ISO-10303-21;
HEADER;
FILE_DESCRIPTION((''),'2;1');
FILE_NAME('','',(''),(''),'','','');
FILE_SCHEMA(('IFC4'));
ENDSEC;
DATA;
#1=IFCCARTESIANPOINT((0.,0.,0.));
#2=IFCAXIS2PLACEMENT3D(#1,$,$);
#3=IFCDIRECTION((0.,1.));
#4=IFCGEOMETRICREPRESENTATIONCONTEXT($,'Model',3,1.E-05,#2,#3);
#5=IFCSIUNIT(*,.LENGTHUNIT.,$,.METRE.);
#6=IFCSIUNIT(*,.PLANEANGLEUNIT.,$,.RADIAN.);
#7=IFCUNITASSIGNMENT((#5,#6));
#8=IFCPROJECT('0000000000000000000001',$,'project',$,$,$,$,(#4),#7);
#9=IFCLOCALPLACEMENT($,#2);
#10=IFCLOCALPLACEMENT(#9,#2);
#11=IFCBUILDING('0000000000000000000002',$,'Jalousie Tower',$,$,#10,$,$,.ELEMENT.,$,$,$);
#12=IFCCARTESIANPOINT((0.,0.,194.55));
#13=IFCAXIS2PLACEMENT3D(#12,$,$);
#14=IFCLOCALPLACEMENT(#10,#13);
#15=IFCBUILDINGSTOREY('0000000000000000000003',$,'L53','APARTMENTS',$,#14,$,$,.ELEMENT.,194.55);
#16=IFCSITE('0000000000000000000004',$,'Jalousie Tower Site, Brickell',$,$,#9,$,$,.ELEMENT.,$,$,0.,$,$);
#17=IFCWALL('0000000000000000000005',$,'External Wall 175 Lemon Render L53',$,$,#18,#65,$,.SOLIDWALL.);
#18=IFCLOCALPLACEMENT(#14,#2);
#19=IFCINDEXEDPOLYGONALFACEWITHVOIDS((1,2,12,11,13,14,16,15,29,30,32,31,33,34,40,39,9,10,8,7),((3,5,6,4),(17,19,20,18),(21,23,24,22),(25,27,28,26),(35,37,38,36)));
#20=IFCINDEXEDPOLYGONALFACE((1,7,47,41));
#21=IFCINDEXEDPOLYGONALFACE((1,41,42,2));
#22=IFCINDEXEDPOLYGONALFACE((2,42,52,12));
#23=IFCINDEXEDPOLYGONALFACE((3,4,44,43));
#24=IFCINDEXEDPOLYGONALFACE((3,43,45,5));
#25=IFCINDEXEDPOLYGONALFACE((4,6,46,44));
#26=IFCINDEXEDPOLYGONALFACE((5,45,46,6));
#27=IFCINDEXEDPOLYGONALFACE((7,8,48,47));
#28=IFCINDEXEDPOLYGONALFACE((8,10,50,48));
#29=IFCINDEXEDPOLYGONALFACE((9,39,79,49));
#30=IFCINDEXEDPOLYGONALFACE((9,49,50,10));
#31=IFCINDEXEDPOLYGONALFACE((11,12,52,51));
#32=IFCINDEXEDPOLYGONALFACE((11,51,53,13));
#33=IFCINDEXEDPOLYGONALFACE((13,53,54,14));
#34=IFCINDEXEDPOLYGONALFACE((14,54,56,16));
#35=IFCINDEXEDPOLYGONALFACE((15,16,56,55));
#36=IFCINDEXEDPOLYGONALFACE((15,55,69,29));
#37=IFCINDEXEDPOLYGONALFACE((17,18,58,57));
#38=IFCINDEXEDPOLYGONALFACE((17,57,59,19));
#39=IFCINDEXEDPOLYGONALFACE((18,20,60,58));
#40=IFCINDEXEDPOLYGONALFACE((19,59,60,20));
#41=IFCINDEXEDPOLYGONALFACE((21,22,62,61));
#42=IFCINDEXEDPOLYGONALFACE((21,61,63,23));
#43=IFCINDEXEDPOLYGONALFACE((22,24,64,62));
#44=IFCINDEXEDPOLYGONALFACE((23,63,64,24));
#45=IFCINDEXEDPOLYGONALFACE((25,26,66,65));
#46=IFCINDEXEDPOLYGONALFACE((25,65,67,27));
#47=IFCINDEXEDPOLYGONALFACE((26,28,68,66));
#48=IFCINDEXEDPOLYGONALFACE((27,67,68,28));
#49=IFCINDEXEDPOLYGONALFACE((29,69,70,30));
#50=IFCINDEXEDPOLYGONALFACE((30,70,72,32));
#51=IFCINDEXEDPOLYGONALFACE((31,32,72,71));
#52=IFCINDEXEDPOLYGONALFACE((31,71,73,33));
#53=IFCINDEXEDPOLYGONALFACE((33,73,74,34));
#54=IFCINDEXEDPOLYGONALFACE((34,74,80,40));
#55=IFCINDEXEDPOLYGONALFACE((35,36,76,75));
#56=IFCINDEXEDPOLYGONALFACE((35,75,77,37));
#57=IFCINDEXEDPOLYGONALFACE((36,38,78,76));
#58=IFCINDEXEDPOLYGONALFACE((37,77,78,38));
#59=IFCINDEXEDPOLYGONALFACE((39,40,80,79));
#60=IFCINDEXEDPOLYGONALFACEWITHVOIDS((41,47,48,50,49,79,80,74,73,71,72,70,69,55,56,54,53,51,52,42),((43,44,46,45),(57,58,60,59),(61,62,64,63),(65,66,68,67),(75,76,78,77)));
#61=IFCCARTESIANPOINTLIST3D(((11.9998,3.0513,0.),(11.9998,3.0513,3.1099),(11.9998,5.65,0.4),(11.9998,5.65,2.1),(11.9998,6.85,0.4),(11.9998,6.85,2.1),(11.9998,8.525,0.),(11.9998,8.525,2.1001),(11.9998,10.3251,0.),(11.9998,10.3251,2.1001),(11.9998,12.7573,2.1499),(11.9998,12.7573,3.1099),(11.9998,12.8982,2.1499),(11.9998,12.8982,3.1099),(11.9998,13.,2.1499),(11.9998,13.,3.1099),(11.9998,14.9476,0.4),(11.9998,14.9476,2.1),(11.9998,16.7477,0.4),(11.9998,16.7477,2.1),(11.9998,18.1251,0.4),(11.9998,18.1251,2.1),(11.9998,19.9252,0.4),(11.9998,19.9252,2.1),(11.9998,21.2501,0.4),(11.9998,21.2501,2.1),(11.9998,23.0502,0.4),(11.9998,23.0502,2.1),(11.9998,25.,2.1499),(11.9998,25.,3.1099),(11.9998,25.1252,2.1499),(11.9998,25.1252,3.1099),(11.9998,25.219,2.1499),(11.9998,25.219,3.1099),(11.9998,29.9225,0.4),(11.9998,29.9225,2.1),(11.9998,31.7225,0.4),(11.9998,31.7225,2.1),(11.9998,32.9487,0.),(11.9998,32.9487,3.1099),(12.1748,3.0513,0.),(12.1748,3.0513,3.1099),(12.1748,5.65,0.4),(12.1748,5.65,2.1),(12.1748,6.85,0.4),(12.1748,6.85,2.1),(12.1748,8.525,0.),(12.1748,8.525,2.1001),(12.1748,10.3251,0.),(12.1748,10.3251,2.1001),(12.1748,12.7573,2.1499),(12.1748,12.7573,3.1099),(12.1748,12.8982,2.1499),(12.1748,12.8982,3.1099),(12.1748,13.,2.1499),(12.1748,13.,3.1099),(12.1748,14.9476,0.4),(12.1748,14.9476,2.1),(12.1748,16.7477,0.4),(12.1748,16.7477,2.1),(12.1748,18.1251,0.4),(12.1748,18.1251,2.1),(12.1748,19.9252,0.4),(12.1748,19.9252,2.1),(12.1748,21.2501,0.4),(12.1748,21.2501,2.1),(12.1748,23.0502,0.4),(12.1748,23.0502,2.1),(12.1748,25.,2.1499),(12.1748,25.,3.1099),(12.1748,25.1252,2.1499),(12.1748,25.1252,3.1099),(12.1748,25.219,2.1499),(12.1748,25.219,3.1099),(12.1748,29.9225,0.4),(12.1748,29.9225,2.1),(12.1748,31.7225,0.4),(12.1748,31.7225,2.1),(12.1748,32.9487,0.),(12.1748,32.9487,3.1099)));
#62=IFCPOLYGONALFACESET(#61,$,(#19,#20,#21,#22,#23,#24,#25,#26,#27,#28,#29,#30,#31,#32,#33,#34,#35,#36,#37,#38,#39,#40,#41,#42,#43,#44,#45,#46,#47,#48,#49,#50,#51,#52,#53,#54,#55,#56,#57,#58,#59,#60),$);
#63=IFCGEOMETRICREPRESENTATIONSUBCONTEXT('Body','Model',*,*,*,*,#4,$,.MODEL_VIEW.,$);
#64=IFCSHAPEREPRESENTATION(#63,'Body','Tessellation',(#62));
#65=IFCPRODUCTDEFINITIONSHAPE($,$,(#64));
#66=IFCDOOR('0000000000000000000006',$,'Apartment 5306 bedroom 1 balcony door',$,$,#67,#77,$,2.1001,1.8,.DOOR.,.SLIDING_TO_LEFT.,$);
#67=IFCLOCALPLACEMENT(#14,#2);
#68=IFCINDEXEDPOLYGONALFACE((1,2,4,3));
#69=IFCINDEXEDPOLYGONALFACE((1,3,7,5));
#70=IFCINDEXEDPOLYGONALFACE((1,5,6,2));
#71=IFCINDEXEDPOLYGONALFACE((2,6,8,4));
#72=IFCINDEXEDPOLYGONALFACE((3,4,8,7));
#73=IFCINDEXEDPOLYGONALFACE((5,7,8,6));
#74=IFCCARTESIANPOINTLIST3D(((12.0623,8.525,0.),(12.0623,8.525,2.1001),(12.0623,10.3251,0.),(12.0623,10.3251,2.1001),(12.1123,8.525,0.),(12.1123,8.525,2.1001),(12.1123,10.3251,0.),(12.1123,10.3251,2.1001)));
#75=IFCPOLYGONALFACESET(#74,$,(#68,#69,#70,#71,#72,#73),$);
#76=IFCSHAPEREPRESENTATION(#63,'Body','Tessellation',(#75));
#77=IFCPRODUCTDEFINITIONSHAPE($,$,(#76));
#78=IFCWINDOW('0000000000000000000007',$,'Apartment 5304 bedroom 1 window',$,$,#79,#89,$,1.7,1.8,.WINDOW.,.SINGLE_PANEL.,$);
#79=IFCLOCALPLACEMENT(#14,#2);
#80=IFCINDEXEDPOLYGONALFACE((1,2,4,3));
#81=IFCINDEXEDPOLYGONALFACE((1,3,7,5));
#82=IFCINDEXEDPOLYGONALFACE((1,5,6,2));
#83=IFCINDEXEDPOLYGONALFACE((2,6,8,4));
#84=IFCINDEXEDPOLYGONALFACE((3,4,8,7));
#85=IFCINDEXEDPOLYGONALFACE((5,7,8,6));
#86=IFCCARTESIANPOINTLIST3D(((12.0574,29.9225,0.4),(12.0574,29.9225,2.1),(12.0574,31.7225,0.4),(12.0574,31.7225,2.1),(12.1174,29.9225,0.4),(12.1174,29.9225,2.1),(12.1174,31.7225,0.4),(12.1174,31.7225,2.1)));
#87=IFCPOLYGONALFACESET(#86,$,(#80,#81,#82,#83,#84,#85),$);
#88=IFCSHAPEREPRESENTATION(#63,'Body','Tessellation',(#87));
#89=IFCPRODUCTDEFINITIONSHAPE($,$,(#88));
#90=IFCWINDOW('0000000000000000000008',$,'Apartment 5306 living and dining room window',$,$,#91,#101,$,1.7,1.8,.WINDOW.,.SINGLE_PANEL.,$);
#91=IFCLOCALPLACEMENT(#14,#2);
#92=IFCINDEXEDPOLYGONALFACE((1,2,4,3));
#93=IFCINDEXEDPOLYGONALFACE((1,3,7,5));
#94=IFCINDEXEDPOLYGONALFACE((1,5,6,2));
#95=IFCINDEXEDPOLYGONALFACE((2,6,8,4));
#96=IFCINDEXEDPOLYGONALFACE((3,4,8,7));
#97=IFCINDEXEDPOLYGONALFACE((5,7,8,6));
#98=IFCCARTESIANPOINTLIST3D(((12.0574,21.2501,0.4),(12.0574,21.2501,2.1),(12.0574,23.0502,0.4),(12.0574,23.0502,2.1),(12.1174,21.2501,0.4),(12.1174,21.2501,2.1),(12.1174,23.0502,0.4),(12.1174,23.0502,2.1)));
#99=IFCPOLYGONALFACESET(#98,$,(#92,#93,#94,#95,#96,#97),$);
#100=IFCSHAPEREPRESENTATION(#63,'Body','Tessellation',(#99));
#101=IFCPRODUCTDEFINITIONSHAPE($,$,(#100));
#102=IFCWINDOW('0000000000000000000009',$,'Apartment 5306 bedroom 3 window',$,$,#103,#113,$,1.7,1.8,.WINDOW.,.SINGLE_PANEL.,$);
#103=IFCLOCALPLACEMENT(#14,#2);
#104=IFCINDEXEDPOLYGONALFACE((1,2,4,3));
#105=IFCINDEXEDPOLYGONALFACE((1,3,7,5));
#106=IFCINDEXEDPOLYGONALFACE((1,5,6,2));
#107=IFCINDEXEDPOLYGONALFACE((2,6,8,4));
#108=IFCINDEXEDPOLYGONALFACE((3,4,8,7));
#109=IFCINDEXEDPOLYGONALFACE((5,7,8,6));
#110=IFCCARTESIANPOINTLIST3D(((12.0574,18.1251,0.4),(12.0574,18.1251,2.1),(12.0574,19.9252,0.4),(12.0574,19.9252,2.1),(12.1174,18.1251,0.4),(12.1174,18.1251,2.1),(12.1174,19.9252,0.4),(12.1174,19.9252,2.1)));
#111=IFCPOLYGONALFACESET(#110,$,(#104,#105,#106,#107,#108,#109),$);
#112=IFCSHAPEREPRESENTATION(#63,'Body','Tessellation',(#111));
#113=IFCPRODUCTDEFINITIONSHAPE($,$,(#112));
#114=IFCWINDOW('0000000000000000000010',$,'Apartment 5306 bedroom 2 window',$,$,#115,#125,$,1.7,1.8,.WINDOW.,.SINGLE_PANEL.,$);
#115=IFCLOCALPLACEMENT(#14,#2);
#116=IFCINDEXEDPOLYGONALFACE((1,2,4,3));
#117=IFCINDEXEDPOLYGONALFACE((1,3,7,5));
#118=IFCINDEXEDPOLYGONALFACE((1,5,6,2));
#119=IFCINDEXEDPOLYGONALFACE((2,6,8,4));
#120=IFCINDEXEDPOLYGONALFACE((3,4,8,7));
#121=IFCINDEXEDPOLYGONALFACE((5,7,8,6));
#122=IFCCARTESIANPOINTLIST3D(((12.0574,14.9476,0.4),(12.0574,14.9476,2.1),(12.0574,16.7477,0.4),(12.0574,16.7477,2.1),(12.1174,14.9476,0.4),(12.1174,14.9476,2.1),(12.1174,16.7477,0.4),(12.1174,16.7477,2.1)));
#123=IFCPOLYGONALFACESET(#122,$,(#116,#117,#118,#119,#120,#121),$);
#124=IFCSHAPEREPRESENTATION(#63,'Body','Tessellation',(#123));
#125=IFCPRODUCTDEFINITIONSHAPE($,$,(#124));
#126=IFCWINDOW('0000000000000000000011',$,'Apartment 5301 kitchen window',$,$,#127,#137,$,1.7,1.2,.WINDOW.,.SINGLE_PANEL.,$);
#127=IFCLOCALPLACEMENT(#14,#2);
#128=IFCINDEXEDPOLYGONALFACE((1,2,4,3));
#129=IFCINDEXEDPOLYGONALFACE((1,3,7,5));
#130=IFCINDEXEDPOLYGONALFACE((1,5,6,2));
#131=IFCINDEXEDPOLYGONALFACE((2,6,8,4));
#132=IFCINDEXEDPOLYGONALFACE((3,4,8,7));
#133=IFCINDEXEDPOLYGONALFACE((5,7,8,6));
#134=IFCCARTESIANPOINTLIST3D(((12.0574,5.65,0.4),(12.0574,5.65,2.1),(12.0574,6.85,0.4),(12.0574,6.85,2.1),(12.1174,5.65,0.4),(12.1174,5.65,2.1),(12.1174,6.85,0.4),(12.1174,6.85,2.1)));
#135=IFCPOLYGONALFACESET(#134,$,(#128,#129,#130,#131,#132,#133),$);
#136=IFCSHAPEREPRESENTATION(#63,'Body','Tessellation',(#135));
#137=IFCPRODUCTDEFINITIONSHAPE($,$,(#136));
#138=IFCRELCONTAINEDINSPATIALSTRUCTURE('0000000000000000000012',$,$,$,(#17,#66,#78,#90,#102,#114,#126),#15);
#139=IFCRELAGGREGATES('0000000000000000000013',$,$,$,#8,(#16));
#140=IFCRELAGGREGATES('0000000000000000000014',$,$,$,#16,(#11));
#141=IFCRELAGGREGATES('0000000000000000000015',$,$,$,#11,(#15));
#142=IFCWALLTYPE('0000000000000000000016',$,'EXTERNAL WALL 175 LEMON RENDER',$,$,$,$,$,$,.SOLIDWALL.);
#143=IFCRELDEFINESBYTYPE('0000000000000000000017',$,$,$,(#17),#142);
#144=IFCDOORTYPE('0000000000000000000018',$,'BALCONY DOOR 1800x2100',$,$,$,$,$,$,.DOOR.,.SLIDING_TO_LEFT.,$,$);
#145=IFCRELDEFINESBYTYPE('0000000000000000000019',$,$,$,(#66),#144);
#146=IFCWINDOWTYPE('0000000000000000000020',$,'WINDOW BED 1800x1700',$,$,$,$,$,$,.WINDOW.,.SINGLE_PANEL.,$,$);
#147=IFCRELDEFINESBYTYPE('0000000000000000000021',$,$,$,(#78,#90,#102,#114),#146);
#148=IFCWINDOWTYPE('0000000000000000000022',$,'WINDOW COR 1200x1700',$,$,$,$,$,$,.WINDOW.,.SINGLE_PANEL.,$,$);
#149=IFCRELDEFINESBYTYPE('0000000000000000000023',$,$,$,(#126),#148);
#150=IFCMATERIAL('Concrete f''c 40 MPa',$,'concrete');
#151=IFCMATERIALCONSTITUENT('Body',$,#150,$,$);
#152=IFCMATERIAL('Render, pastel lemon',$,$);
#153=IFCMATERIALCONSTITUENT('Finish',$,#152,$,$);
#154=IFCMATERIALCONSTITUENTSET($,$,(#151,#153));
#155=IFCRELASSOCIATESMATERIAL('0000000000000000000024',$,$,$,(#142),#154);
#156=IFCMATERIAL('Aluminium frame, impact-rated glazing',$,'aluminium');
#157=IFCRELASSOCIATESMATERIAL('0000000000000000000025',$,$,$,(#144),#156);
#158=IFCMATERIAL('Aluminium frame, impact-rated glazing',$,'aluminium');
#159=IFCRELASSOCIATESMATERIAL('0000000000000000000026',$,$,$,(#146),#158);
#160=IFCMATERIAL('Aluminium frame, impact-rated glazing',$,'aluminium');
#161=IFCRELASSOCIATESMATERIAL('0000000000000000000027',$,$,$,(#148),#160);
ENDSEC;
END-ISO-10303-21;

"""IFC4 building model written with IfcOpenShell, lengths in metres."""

from ifc_helpers import new_model, si_unit, direction, frame, frame_2d, origin, place, context, subcontext, project, spatial, polyline, rectangle, outline, extrude, material, constituent, constituent_set, type_object, element, fill, save


model = new_model("IFC4")

# Units and contexts
model_context = context("Model", 3, precision=1e-05, world=origin(), true_north=direction((0.0, 1.0)))
body_context = subcontext(model_context, "Body", "Model", "MODEL_VIEW")
ifc_project = project(units=[si_unit("LENGTHUNIT", "METRE"), si_unit("PLANEANGLEUNIT", "RADIAN")], contexts=[model_context])

# Site, building, storey
site_placement = place(None, origin())
site = spatial("IfcSite", under=ifc_project, at=site_placement, Name="Jalousie Tower Site, Brickell", CompositionType="ELEMENT", RefElevation=0.0)
building_placement = place(site_placement, origin())
building = spatial("IfcBuilding", under=site, at=building_placement, Name="Jalousie Tower", CompositionType="ELEMENT")
storey_placement = place(building_placement, frame((0.0, 0.0, 194.55)))
storey = spatial("IfcBuildingStorey", under=building, at=storey_placement, Name="L53", Description="APARTMENTS", CompositionType="ELEMENT", Elevation=194.55)

# Wall, openings, door, windows
ifc_material_1 = material(Name="Concrete f'c 40 MPa", Category="concrete")
ifc_constituent_1 = constituent(ifc_material_1, Name="Body")
ifc_material_2 = material(Name="Render, pastel lemon")
ifc_constituent_2 = constituent(ifc_material_2, Name="Finish")
ifc_constituent_set_1 = constituent_set(constituents=[ifc_constituent_1, ifc_constituent_2])
wall_type_1 = type_object("IfcWallType", Name="EXTERNAL WALL 175 LEMON RENDER", PredefinedType="SOLIDWALL", material=ifc_constituent_set_1)
wall_1_placement = place(storey_placement, frame((12.0874, 32.9487, 0.0), z_axis=(0.0, 0.0, 1.0), x_axis=(0.0, -1.0, 0.0)))
wall_1 = element("IfcWall", 1, at=wall_1_placement, inside=storey, type_object=wall_type_1, Name="External Wall 175 Lemon Render L53", PredefinedType="SOLIDWALL", context=body_context, shape_type="SweptSolid", body=[
    extrude(outline(polyline([(0.0, 0.0), (29.8975, 0.0), (29.8975, 3.1099), (20.1914, 3.1099), (20.1914, 2.1499), (20.0505, 2.1499), (20.0505, 3.1099), (19.9487, 3.1099), (19.9487, 2.1499), (7.9487, 2.1499), (7.9487, 3.1099), (7.8235, 3.1099), (7.8235, 2.1499), (7.7297, 2.1499), (7.7297, 3.1099), (0.0, 3.1099), (0.0, 0.0)])), frame((0.0, 0.0874, 0.0), z_axis=(0.0, -1.0, 0.0), x_axis=(1.0, 0.0, 0.0)), (0.0, 0.0, 1.0), 0.175),
])
opening_1_placement = place(wall_1_placement, frame((1.2263, 0.0, 0.3999)))
opening_1 = element("IfcOpeningElement", 2, at=opening_1_placement, cuts=wall_1, PredefinedType="OPENING", context=body_context, shape_type="SweptSolid", body=[
    extrude(rectangle(XDim=1.8, YDim=1.7, at=frame_2d((0.8999, 0.8501))), frame((0.0, 0.0974, 0.0), z_axis=(0.0, -1.0, 0.0), x_axis=(1.0, 0.0, 0.0)), (0.0, 0.0, 1.0), 0.1951),
])
opening_2_placement = place(wall_1_placement, frame((9.8987, 0.0, 0.3999)))
opening_2 = element("IfcOpeningElement", 3, at=opening_2_placement, cuts=wall_1, PredefinedType="OPENING", context=body_context, shape_type="SweptSolid", body=[
    extrude(rectangle(XDim=1.8, YDim=1.7, at=frame_2d((0.8999, 0.8501))), frame((0.0, 0.0974, 0.0), z_axis=(0.0, -1.0, 0.0), x_axis=(1.0, 0.0, 0.0)), (0.0, 0.0, 1.0), 0.1951),
])
opening_3_placement = place(wall_1_placement, frame((13.0237, 0.0, 0.3999)))
opening_3 = element("IfcOpeningElement", 4, at=opening_3_placement, cuts=wall_1, PredefinedType="OPENING", context=body_context, shape_type="SweptSolid", body=[
    extrude(rectangle(XDim=1.8, YDim=1.7, at=frame_2d((0.8999, 0.8501))), frame((0.0, 0.0974, 0.0), z_axis=(0.0, -1.0, 0.0), x_axis=(1.0, 0.0, 0.0)), (0.0, 0.0, 1.0), 0.1951),
])
opening_4_placement = place(wall_1_placement, frame((16.2012, 0.0, 0.3999)))
opening_4 = element("IfcOpeningElement", 5, at=opening_4_placement, cuts=wall_1, PredefinedType="OPENING", context=body_context, shape_type="SweptSolid", body=[
    extrude(rectangle(XDim=1.8, YDim=1.7, at=frame_2d((0.8999, 0.8501))), frame((0.0, 0.0974, 0.0), z_axis=(0.0, -1.0, 0.0), x_axis=(1.0, 0.0, 0.0)), (0.0, 0.0, 1.0), 0.1951),
])
opening_5_placement = place(wall_1_placement, frame((22.6238, 0.0, 0.0)))
opening_5 = element("IfcOpeningElement", 6, at=opening_5_placement, cuts=wall_1, PredefinedType="OPENING", context=body_context, shape_type="SweptSolid", body=[
    extrude(rectangle(XDim=1.8, YDim=2.1001, at=frame_2d((0.8999, 1.05))), frame((0.0, 0.0974, 0.0), z_axis=(0.0, -1.0, 0.0), x_axis=(1.0, 0.0, 0.0)), (0.0, 0.0, 1.0), 0.1951),
])
opening_6_placement = place(wall_1_placement, frame((26.0986, 0.0, 0.3999)))
opening_6 = element("IfcOpeningElement", 7, at=opening_6_placement, cuts=wall_1, PredefinedType="OPENING", context=body_context, shape_type="SweptSolid", body=[
    extrude(rectangle(XDim=1.2, YDim=1.7, at=frame_2d((0.6001, 0.8501))), frame((0.0, 0.0974, 0.0), z_axis=(0.0, -1.0, 0.0), x_axis=(1.0, 0.0, 0.0)), (0.0, 0.0, 1.0), 0.1951),
])
ifc_material_3 = material(Name="Aluminium frame, impact-rated glazing", Category="aluminium")
door_type_1 = type_object("IfcDoorType", Name="BALCONY DOOR 1800x2100", OperationType="SLIDING_TO_LEFT", PredefinedType="DOOR", material=ifc_material_3)
door_1_placement = place(opening_5_placement, origin())
door_1 = element("IfcDoor", 8, at=door_1_placement, inside=storey, type_object=door_type_1, Name="Apartment 5306 bedroom 1 balcony door", OperationType="SLIDING_TO_LEFT", OverallHeight=2.1001, OverallWidth=1.8, PredefinedType="DOOR", context=body_context, shape_type="SweptSolid", body=[
    extrude(rectangle(XDim=1.8, YDim=2.1001, at=frame_2d((0.8999, 1.05))), frame((0.0, 0.0249, 0.0), z_axis=(0.0, -1.0, 0.0), x_axis=(1.0, 0.0, 0.0)), (0.0, 0.0, 1.0), 0.05),
])
fill(opening_5, door_1)
ifc_material_4 = material(Name="Aluminium frame, impact-rated glazing", Category="aluminium")
window_type_1 = type_object("IfcWindowType", Name="WINDOW BED 1800x1700", PartitioningType="SINGLE_PANEL", PredefinedType="WINDOW", material=ifc_material_4)
window_1_placement = place(opening_1_placement, origin())
window_1 = element("IfcWindow", 9, at=window_1_placement, inside=storey, type_object=window_type_1, Name="Apartment 5304 bedroom 1 window", OverallHeight=1.7, OverallWidth=1.8, PartitioningType="SINGLE_PANEL", PredefinedType="WINDOW", context=body_context, shape_type="SweptSolid", body=[
    extrude(rectangle(XDim=1.8, YDim=1.7, at=frame_2d((0.8999, 0.8501))), frame((0.0, 0.03, 0.0), z_axis=(0.0, -1.0, 0.0), x_axis=(1.0, 0.0, 0.0)), (0.0, 0.0, 1.0), 0.0601),
])
fill(opening_1, window_1)
window_2_placement = place(opening_2_placement, origin())
window_2 = element("IfcWindow", 10, at=window_2_placement, inside=storey, type_object=window_type_1, Name="Apartment 5306 living and dining room window", OverallHeight=1.7, OverallWidth=1.8, PartitioningType="SINGLE_PANEL", PredefinedType="WINDOW", context=body_context, shape_type="SweptSolid", body=[
    extrude(rectangle(XDim=1.8, YDim=1.7, at=frame_2d((0.8999, 0.8501))), frame((0.0, 0.03, 0.0), z_axis=(0.0, -1.0, 0.0), x_axis=(1.0, 0.0, 0.0)), (0.0, 0.0, 1.0), 0.0601),
])
fill(opening_2, window_2)
window_3_placement = place(opening_3_placement, origin())
window_3 = element("IfcWindow", 11, at=window_3_placement, inside=storey, type_object=window_type_1, Name="Apartment 5306 bedroom 3 window", OverallHeight=1.7, OverallWidth=1.8, PartitioningType="SINGLE_PANEL", PredefinedType="WINDOW", context=body_context, shape_type="SweptSolid", body=[
    extrude(rectangle(XDim=1.8, YDim=1.7, at=frame_2d((0.8999, 0.8501))), frame((0.0, 0.03, 0.0), z_axis=(0.0, -1.0, 0.0), x_axis=(1.0, 0.0, 0.0)), (0.0, 0.0, 1.0), 0.0601),
])
fill(opening_3, window_3)
window_4_placement = place(opening_4_placement, origin())
window_4 = element("IfcWindow", 12, at=window_4_placement, inside=storey, type_object=window_type_1, Name="Apartment 5306 bedroom 2 window", OverallHeight=1.7, OverallWidth=1.8, PartitioningType="SINGLE_PANEL", PredefinedType="WINDOW", context=body_context, shape_type="SweptSolid", body=[
    extrude(rectangle(XDim=1.8, YDim=1.7, at=frame_2d((0.8999, 0.8501))), frame((0.0, 0.03, 0.0), z_axis=(0.0, -1.0, 0.0), x_axis=(1.0, 0.0, 0.0)), (0.0, 0.0, 1.0), 0.0601),
])
fill(opening_4, window_4)
ifc_material_5 = material(Name="Aluminium frame, impact-rated glazing", Category="aluminium")
window_type_2 = type_object("IfcWindowType", Name="WINDOW COR 1200x1700", PartitioningType="SINGLE_PANEL", PredefinedType="WINDOW", material=ifc_material_5)
window_5_placement = place(opening_6_placement, origin())
window_5 = element("IfcWindow", 13, at=window_5_placement, inside=storey, type_object=window_type_2, Name="Apartment 5301 kitchen window", OverallHeight=1.7, OverallWidth=1.2, PartitioningType="SINGLE_PANEL", PredefinedType="WINDOW", context=body_context, shape_type="SweptSolid", body=[
    extrude(rectangle(XDim=1.2, YDim=1.7, at=frame_2d((0.6001, 0.8501))), frame((0.0, 0.03, 0.0), z_axis=(0.0, -1.0, 0.0), x_axis=(1.0, 0.0, 0.0)), (0.0, 0.0, 1.0), 0.0601),
])
fill(opening_6, window_5)

save(model, "model.ifc")
